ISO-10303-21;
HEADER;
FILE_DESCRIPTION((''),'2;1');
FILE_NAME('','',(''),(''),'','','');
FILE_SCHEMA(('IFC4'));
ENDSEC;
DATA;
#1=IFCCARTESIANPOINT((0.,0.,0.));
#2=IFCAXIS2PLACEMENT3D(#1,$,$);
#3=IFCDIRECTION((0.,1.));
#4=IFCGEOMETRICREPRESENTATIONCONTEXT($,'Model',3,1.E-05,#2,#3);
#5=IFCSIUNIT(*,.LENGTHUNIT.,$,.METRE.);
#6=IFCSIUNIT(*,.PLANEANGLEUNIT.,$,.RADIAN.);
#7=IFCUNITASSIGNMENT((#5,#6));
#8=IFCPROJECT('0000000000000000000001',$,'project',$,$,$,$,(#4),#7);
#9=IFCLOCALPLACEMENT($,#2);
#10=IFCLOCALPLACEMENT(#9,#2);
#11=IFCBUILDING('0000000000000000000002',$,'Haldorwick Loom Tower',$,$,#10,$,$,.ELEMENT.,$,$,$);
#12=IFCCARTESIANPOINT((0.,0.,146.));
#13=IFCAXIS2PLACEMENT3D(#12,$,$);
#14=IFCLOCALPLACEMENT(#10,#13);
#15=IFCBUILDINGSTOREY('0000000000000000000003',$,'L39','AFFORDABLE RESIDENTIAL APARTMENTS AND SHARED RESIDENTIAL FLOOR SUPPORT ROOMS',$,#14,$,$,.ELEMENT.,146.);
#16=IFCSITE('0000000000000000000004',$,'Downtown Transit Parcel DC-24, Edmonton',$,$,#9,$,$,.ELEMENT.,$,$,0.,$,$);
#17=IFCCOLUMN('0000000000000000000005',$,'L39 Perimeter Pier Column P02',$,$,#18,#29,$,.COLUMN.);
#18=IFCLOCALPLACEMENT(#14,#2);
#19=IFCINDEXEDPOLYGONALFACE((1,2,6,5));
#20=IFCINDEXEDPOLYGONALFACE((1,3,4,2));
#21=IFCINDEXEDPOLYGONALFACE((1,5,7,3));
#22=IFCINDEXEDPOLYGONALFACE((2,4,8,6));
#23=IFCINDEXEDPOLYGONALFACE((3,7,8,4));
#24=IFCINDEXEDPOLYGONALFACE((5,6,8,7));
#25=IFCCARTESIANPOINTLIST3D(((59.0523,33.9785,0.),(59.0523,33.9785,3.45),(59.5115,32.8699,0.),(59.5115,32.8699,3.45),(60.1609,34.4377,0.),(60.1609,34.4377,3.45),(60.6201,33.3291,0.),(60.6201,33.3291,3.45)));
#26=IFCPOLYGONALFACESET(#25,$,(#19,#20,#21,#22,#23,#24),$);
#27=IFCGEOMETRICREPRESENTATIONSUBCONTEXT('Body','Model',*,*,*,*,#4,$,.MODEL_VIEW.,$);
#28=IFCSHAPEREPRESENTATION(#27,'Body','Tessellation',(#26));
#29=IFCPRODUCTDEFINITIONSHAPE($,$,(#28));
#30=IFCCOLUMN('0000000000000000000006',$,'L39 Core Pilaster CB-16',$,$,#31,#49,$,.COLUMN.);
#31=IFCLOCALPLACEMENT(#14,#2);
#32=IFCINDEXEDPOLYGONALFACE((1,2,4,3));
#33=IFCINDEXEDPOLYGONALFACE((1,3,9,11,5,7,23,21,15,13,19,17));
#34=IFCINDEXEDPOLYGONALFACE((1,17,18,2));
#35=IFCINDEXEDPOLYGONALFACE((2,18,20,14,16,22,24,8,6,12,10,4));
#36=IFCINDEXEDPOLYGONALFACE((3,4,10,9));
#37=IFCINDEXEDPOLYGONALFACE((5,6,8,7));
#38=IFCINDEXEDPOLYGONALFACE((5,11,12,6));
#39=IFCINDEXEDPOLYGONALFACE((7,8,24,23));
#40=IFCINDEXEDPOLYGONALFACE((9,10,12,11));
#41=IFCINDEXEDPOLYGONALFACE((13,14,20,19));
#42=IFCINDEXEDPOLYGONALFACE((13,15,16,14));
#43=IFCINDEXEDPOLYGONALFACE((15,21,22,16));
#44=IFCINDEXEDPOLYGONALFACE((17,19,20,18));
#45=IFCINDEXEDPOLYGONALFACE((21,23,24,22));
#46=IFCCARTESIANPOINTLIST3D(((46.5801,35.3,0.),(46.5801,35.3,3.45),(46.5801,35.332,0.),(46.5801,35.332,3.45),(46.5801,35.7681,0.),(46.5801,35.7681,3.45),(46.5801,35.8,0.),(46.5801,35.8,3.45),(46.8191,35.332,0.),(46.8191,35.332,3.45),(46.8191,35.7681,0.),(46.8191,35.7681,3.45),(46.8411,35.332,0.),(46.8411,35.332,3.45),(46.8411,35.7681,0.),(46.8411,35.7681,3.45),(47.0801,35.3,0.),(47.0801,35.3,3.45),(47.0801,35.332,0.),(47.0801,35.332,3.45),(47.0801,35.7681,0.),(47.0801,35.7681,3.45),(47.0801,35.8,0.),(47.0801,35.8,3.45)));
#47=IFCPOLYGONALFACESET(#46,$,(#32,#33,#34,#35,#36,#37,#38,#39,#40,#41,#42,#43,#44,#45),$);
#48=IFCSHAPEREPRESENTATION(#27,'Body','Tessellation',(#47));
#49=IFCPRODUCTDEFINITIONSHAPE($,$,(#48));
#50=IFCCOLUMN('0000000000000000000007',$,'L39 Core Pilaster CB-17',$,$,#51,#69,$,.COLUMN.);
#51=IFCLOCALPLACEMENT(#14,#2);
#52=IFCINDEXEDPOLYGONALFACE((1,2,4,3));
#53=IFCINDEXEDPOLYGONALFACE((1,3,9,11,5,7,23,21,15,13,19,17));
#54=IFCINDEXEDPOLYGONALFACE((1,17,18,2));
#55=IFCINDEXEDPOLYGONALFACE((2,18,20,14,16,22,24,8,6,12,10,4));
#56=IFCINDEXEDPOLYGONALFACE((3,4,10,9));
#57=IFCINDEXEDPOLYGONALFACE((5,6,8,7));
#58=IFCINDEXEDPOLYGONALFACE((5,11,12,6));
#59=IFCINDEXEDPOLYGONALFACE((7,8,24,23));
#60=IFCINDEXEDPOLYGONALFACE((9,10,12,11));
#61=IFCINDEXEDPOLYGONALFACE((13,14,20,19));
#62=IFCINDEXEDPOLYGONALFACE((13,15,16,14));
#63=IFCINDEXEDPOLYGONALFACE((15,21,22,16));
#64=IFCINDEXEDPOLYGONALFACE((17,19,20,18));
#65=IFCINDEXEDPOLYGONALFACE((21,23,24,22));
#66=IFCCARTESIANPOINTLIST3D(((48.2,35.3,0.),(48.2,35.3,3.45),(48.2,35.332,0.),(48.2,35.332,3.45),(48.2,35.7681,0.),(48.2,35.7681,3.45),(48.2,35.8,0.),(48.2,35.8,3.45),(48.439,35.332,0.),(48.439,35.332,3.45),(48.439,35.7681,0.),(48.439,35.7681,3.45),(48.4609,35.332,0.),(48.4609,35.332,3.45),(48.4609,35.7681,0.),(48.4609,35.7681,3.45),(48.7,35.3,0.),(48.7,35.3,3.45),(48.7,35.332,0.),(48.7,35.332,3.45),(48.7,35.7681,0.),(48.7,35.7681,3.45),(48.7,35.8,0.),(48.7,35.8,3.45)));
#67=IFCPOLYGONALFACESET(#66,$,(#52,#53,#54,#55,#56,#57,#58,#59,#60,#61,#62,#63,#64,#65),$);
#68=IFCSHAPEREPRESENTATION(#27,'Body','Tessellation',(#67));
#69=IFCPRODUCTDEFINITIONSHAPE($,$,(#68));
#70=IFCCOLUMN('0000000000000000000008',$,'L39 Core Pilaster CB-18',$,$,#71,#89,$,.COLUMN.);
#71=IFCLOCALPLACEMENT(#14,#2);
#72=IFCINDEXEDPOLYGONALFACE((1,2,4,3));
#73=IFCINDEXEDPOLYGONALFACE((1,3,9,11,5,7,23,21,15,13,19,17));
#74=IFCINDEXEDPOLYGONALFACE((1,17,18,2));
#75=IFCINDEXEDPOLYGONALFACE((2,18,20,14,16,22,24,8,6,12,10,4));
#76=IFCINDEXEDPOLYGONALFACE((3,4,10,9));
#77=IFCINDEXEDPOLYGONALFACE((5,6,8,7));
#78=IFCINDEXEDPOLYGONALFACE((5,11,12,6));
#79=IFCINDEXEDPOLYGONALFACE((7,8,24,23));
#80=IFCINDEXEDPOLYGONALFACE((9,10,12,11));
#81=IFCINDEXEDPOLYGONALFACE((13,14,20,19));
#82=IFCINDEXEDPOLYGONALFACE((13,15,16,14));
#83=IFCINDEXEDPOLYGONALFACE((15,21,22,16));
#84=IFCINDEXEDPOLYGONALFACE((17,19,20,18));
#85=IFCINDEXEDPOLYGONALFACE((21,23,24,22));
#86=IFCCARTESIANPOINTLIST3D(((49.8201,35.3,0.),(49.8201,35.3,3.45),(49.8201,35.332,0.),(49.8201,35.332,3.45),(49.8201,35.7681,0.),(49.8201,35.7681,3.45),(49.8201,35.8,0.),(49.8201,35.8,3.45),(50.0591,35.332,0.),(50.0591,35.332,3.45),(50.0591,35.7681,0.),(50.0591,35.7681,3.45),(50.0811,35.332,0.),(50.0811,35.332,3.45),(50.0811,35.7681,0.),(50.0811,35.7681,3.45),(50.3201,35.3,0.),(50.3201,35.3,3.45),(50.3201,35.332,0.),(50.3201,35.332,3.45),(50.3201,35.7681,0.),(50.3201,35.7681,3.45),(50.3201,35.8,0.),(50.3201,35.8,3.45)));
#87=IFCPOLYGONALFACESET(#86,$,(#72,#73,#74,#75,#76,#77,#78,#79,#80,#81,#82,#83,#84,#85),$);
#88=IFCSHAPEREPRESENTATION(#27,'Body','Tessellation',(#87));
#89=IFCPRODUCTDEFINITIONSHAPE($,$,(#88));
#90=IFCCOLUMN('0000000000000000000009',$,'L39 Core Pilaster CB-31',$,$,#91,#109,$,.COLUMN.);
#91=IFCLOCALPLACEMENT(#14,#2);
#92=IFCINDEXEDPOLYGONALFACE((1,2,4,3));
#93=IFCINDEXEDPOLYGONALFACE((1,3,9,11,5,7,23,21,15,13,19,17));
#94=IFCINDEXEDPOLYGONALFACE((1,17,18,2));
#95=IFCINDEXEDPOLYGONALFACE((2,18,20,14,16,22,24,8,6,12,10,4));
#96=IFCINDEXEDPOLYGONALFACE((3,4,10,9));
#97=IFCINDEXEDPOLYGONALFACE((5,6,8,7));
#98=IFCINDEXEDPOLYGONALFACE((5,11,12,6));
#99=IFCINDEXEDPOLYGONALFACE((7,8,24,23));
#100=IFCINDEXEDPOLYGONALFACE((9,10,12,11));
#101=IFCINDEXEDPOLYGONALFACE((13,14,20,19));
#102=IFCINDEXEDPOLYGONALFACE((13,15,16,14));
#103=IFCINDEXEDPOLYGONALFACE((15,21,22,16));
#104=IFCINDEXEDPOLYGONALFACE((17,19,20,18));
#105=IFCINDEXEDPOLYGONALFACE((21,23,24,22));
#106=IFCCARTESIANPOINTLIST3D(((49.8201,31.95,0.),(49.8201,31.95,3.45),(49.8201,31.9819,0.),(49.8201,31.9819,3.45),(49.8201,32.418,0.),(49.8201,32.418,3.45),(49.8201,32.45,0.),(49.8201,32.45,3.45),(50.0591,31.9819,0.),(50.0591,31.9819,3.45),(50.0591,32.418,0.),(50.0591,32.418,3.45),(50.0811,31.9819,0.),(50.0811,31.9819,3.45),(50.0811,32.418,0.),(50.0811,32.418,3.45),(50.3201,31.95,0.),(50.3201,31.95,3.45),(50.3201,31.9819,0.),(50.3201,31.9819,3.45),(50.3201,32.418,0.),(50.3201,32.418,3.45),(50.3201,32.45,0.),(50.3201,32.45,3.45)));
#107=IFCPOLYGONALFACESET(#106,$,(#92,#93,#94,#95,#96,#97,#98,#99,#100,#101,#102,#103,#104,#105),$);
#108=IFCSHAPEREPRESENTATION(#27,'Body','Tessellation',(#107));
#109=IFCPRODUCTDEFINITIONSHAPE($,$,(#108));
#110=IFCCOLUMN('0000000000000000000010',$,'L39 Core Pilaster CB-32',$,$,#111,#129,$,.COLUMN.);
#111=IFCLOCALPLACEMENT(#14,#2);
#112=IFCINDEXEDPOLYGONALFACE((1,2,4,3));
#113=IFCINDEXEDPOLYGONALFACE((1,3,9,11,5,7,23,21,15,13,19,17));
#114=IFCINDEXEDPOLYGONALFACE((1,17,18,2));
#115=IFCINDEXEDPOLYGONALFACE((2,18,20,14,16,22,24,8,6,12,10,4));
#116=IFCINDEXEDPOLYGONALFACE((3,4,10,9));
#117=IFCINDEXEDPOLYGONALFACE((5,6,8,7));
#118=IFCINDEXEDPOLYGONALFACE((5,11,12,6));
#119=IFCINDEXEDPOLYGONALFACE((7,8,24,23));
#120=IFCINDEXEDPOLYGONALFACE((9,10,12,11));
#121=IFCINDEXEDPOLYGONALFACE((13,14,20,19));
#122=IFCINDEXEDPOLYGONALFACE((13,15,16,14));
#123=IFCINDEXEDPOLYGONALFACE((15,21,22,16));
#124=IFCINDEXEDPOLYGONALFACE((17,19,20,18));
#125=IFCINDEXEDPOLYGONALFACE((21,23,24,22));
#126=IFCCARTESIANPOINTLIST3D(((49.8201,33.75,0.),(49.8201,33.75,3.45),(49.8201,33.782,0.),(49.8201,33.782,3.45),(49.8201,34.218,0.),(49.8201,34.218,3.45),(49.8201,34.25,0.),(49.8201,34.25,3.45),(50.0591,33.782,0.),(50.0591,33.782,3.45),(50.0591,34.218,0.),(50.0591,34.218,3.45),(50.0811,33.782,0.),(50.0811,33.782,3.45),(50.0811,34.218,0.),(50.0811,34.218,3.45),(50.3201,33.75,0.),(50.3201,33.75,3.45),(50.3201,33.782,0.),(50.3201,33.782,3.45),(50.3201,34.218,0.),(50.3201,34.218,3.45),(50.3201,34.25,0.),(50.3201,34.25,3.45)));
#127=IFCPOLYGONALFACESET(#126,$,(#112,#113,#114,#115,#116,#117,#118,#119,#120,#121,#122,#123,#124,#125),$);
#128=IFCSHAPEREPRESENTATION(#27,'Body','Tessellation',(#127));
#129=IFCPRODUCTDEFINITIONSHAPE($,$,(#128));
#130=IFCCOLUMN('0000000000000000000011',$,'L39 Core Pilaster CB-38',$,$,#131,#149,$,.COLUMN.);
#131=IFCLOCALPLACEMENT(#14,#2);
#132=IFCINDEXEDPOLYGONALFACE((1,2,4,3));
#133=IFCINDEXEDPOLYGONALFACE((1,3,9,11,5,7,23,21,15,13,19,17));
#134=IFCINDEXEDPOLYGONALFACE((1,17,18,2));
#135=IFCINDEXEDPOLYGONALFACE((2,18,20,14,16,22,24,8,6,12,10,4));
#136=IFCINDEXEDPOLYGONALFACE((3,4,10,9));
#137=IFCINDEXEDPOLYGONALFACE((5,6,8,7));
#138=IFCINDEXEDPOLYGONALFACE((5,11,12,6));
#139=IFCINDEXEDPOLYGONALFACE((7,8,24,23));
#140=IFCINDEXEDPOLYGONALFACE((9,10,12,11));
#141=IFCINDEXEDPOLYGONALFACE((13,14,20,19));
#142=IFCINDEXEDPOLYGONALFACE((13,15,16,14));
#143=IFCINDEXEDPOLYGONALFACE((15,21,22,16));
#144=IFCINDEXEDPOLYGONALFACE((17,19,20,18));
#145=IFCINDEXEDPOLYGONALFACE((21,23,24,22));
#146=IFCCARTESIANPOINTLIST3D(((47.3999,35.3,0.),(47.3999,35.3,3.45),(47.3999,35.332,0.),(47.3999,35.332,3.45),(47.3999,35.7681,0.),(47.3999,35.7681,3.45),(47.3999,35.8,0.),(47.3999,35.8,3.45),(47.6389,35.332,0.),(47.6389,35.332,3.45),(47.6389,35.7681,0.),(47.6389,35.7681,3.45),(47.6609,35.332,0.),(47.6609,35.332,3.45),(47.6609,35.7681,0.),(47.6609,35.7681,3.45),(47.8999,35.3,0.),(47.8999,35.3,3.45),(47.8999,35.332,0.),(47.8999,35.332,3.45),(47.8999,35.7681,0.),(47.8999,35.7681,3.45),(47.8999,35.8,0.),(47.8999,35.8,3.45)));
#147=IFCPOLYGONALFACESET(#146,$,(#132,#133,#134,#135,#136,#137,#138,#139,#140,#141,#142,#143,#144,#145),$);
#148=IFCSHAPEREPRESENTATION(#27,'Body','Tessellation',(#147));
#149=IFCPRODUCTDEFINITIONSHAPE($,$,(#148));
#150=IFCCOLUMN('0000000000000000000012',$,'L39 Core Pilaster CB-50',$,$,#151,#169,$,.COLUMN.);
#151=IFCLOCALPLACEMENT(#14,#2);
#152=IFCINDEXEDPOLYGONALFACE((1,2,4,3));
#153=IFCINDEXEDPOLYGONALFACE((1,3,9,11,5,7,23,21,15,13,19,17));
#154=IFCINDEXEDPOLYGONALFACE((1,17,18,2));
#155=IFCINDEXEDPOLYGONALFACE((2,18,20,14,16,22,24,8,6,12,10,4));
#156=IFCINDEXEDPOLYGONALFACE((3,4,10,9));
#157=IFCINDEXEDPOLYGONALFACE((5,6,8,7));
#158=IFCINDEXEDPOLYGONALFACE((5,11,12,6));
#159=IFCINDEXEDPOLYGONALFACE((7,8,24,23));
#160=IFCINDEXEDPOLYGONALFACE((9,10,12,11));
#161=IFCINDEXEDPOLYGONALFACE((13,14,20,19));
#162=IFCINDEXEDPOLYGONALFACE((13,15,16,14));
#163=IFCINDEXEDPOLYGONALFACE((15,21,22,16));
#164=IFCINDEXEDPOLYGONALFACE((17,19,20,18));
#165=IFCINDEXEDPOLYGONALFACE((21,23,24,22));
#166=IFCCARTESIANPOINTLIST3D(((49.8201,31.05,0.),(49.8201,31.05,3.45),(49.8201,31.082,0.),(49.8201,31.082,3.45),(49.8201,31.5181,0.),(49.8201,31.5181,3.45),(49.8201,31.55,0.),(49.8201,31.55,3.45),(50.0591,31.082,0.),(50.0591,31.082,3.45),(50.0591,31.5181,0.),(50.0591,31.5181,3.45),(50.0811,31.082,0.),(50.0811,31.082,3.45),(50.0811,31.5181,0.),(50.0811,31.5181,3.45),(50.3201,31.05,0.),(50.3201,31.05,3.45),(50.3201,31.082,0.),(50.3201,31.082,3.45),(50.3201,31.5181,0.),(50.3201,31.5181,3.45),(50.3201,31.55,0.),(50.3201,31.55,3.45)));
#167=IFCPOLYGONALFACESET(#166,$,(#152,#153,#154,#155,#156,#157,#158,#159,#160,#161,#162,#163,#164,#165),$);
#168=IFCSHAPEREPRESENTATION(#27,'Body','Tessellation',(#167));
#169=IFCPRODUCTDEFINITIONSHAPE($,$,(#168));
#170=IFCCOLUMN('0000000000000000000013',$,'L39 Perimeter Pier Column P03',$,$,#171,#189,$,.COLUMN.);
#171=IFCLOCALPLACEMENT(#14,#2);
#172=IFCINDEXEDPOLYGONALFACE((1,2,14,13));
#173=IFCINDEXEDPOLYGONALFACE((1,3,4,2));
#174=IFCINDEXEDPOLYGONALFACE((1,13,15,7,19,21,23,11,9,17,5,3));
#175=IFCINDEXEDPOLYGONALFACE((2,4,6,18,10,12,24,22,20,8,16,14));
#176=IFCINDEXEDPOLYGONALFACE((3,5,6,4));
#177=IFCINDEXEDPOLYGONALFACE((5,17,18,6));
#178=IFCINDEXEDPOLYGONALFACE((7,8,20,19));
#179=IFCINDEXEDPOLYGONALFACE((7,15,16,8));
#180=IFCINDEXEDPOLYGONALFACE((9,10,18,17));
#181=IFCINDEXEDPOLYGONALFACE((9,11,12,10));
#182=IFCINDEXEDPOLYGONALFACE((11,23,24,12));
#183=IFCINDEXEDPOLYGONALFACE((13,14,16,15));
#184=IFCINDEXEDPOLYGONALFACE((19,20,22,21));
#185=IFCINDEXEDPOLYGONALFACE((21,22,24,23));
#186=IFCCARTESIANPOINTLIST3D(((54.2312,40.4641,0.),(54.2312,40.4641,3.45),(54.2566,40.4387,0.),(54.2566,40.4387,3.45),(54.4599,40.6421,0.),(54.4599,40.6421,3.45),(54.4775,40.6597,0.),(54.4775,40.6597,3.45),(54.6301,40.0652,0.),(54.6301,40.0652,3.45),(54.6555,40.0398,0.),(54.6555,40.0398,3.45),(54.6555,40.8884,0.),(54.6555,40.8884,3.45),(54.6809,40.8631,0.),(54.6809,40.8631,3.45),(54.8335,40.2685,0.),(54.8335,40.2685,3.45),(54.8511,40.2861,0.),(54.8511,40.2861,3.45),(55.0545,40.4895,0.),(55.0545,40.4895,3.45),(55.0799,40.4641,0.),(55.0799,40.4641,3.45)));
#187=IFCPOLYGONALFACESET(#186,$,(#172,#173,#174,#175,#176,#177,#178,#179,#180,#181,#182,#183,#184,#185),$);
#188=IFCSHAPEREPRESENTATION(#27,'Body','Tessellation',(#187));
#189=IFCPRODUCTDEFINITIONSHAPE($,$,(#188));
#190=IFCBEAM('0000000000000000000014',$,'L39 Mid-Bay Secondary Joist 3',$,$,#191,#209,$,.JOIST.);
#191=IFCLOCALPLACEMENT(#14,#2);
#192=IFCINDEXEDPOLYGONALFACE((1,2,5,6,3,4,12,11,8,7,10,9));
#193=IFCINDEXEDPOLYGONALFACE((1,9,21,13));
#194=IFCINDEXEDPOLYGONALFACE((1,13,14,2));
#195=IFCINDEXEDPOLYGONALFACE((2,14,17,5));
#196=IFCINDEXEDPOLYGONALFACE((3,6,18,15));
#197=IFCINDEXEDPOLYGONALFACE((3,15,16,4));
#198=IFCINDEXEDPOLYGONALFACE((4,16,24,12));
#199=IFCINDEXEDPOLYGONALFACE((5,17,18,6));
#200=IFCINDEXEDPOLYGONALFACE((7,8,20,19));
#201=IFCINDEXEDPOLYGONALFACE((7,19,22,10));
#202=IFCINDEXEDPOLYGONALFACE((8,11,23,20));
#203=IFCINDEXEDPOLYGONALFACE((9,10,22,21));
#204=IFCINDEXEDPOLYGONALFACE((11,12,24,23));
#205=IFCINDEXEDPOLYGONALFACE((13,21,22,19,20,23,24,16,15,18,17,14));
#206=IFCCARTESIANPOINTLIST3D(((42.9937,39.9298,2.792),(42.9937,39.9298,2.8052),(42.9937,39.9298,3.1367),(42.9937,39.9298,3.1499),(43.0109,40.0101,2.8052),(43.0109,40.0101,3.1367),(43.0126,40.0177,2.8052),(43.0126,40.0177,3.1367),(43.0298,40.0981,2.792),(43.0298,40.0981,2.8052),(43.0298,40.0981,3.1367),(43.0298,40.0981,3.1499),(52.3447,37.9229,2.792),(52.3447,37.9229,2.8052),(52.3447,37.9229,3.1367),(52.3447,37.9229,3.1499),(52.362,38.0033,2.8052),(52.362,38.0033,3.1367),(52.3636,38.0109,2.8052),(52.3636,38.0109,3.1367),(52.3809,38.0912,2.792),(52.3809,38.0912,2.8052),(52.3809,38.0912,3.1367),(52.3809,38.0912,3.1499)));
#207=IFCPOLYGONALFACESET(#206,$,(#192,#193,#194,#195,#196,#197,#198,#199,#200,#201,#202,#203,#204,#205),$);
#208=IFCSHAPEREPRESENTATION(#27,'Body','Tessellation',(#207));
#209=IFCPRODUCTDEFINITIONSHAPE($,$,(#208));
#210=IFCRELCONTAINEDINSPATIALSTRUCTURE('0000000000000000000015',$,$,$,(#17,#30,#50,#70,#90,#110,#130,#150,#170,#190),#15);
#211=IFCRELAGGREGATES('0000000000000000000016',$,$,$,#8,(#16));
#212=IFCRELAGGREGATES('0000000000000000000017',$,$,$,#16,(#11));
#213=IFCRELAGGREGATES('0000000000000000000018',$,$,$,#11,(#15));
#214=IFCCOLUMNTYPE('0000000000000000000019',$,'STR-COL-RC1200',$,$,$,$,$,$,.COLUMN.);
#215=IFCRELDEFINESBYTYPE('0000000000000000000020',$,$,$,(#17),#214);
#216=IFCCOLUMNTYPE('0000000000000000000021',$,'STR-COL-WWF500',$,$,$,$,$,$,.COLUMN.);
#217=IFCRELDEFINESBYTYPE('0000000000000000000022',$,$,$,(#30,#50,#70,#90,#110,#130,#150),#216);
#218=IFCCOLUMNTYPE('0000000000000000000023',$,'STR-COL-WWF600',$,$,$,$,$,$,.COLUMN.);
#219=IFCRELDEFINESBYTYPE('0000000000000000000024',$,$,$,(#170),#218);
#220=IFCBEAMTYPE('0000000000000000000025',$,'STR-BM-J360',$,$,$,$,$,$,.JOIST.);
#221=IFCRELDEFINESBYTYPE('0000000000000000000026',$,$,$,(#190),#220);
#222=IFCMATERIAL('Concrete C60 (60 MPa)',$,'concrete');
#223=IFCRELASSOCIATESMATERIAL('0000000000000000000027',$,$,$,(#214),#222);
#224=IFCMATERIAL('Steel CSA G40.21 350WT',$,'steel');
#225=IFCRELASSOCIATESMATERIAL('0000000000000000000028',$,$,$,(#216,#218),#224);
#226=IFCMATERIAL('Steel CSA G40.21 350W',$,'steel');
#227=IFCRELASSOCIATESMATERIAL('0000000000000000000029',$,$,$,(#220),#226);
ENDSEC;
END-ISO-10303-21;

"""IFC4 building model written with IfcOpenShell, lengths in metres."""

from ifc_helpers import new_model, si_unit, direction, frame, origin, origin_2d, place, context, subcontext, project, spatial, rectangle, i_section, extrude, material, material_profile, profile_set, type_object, element, save


model = new_model("IFC4")

# Units and contexts
model_context = context("Model", 3, precision=1e-05, world=origin(), true_north=direction((0.0, 1.0)))
body_context = subcontext(model_context, "Body", "Model", "MODEL_VIEW")
ifc_project = project(units=[si_unit("LENGTHUNIT", "METRE"), si_unit("PLANEANGLEUNIT", "RADIAN")], contexts=[model_context])

# Site, building, storey
site_placement = place(None, origin())
site = spatial("IfcSite", under=ifc_project, at=site_placement, Name="Downtown Transit Parcel DC-24, Edmonton", CompositionType="ELEMENT", RefElevation=0.0)
building_placement = place(site_placement, origin())
building = spatial("IfcBuilding", under=site, at=building_placement, Name="Haldorwick Loom Tower", CompositionType="ELEMENT")
storey_placement = place(building_placement, frame((0.0, 0.0, 146.0)))
storey = spatial("IfcBuildingStorey", under=building, at=storey_placement, Name="L39", Description="AFFORDABLE RESIDENTIAL APARTMENTS AND SHARED RESIDENTIAL FLOOR SUPPORT ROOMS", CompositionType="ELEMENT", Elevation=146.0)

# Columns
ifc_material_1 = material(Name="Concrete C60 (60 MPa)", Category="concrete")
ifc_material_profile_1 = material_profile(ifc_material_1, rectangle(XDim=1.2, YDim=1.2, at=origin_2d()), Name="RC1200X1200", Category="concrete")
ifc_profile_set_1 = profile_set([ifc_material_profile_1], Name="Concrete C60 (60 MPa)")
column_type_1 = type_object("IfcColumnType", Name="STR-COL-RC1200", PredefinedType="COLUMN", material=ifc_profile_set_1)
column_1_placement = place(storey_placement, frame((59.8362, 33.6538, 0.0), z_axis=(0.0, 0.0, 1.0), x_axis=(0.92388, 0.382683, 0.0)))
element("IfcColumn", 1, at=column_1_placement, inside=storey, type_object=column_type_1, Name="L39 Perimeter Pier Column P02", PredefinedType="COLUMN", context=body_context, shape_type="SweptSolid", body=[
    extrude(rectangle(XDim=1.2, YDim=1.2, at=origin_2d()), origin(), (0.0, 0.0, 1.0), 3.45),
])
ifc_material_2 = material(Name="Steel CSA G40.21 350WT", Category="steel")
ifc_material_profile_2 = material_profile(ifc_material_2, i_section(OverallWidth=0.5, OverallDepth=0.5, WebThickness=0.022, FlangeThickness=0.032, at=origin_2d()), Name="WWF500X500", Category="steel")
ifc_profile_set_2 = profile_set([ifc_material_profile_2], Name="Steel CSA G40.21 350WT")
column_type_2 = type_object("IfcColumnType", Name="STR-COL-WWF500", PredefinedType="COLUMN", material=ifc_profile_set_2)
for number, where, z_axis, x_axis, name in (
    (2, (46.8301, 35.55, 0.0), (0.0, 0.0, 1.0), (1.0, 0.0, 0.0), "L39 Core Pilaster CB-16"),
    (3, (48.45, 35.55, 0.0), (0.0, 0.0, 1.0), (1.0, 0.0, 0.0), "L39 Core Pilaster CB-17"),
    (4, (50.0701, 35.55, 0.0), (0.0, 0.0, 1.0), (1.0, 0.0, 0.0), "L39 Core Pilaster CB-18"),
    (5, (50.0701, 32.2, 0.0), (0.0, 0.0, 1.0), (1.0, 0.0, 0.0), "L39 Core Pilaster CB-31"),
    (6, (50.0701, 34.0, 0.0), (0.0, 0.0, 1.0), (1.0, 0.0, 0.0), "L39 Core Pilaster CB-32"),
    (7, (47.6499, 35.55, 0.0), (0.0, 0.0, 1.0), (1.0, 0.0, 0.0), "L39 Core Pilaster CB-38"),
    (8, (50.0701, 31.3, 0.0), (0.0, 0.0, 1.0), (1.0, 0.0, 0.0), "L39 Core Pilaster CB-50"),
):
    element("IfcColumn", number, at=place(storey_placement, frame(where, z_axis=z_axis, x_axis=x_axis)), inside=storey, type_object=column_type_2, Name=name, PredefinedType="COLUMN", context=body_context, shape_type="SweptSolid", body=[
        extrude(i_section(OverallWidth=0.5, OverallDepth=0.5, WebThickness=0.022, FlangeThickness=0.032, at=origin_2d()), origin(), (0.0, 0.0, 1.0), 3.45),
    ])
ifc_material_profile_3 = material_profile(ifc_material_2, i_section(OverallWidth=0.6001, OverallDepth=0.6001, WebThickness=0.0249, FlangeThickness=0.0359, at=origin_2d()), Name="WWF600X600", Category="steel")
ifc_profile_set_3 = profile_set([ifc_material_profile_3], Name="Steel CSA G40.21 350WT")
column_type_3 = type_object("IfcColumnType", Name="STR-COL-WWF600", PredefinedType="COLUMN", material=ifc_profile_set_3)
column_2_placement = place(storey_placement, frame((54.6555, 40.4641, 0.0), z_axis=(0.0, 0.0, 1.0), x_axis=(0.707107, 0.707107, 0.0)))
element("IfcColumn", 9, at=column_2_placement, inside=storey, type_object=column_type_3, Name="L39 Perimeter Pier Column P03", PredefinedType="COLUMN", context=body_context, shape_type="SweptSolid", body=[
    extrude(i_section(OverallWidth=0.6001, OverallDepth=0.6001, WebThickness=0.0249, FlangeThickness=0.0359, at=origin_2d()), origin(), (0.0, 0.0, 1.0), 3.45),
])

# Beam
ifc_material_3 = material(Name="Steel CSA G40.21 350W", Category="steel")
ifc_material_profile_4 = material_profile(ifc_material_3, i_section(OverallWidth=0.1721, OverallDepth=0.3579, WebThickness=0.0078, FlangeThickness=0.0132, at=origin_2d()), Name="W360X57", Category="steel")
ifc_profile_set_4 = profile_set([ifc_material_profile_4], Name="Steel CSA G40.21 350W")
beam_type_1 = type_object("IfcBeamType", Name="STR-BM-J360", PredefinedType="JOIST", material=ifc_profile_set_4)
beam_1_placement = place(storey_placement, frame((52.3628, 38.0071, 2.9709), z_axis=(-0.977737, 0.209832, 0.0), x_axis=(-0.209832, -0.977737, 0.0)))
element("IfcBeam", 10, at=beam_1_placement, inside=storey, type_object=beam_type_1, Name="L39 Mid-Bay Secondary Joist 3", PredefinedType="JOIST", context=body_context, shape_type="SweptSolid", body=[
    extrude(i_section(OverallWidth=0.1721, OverallDepth=0.3579, WebThickness=0.0078, FlangeThickness=0.0132, at=origin_2d()), origin(), (0.0, 0.0, 1.0), 9.564),
])

save(model, "model.ifc")
